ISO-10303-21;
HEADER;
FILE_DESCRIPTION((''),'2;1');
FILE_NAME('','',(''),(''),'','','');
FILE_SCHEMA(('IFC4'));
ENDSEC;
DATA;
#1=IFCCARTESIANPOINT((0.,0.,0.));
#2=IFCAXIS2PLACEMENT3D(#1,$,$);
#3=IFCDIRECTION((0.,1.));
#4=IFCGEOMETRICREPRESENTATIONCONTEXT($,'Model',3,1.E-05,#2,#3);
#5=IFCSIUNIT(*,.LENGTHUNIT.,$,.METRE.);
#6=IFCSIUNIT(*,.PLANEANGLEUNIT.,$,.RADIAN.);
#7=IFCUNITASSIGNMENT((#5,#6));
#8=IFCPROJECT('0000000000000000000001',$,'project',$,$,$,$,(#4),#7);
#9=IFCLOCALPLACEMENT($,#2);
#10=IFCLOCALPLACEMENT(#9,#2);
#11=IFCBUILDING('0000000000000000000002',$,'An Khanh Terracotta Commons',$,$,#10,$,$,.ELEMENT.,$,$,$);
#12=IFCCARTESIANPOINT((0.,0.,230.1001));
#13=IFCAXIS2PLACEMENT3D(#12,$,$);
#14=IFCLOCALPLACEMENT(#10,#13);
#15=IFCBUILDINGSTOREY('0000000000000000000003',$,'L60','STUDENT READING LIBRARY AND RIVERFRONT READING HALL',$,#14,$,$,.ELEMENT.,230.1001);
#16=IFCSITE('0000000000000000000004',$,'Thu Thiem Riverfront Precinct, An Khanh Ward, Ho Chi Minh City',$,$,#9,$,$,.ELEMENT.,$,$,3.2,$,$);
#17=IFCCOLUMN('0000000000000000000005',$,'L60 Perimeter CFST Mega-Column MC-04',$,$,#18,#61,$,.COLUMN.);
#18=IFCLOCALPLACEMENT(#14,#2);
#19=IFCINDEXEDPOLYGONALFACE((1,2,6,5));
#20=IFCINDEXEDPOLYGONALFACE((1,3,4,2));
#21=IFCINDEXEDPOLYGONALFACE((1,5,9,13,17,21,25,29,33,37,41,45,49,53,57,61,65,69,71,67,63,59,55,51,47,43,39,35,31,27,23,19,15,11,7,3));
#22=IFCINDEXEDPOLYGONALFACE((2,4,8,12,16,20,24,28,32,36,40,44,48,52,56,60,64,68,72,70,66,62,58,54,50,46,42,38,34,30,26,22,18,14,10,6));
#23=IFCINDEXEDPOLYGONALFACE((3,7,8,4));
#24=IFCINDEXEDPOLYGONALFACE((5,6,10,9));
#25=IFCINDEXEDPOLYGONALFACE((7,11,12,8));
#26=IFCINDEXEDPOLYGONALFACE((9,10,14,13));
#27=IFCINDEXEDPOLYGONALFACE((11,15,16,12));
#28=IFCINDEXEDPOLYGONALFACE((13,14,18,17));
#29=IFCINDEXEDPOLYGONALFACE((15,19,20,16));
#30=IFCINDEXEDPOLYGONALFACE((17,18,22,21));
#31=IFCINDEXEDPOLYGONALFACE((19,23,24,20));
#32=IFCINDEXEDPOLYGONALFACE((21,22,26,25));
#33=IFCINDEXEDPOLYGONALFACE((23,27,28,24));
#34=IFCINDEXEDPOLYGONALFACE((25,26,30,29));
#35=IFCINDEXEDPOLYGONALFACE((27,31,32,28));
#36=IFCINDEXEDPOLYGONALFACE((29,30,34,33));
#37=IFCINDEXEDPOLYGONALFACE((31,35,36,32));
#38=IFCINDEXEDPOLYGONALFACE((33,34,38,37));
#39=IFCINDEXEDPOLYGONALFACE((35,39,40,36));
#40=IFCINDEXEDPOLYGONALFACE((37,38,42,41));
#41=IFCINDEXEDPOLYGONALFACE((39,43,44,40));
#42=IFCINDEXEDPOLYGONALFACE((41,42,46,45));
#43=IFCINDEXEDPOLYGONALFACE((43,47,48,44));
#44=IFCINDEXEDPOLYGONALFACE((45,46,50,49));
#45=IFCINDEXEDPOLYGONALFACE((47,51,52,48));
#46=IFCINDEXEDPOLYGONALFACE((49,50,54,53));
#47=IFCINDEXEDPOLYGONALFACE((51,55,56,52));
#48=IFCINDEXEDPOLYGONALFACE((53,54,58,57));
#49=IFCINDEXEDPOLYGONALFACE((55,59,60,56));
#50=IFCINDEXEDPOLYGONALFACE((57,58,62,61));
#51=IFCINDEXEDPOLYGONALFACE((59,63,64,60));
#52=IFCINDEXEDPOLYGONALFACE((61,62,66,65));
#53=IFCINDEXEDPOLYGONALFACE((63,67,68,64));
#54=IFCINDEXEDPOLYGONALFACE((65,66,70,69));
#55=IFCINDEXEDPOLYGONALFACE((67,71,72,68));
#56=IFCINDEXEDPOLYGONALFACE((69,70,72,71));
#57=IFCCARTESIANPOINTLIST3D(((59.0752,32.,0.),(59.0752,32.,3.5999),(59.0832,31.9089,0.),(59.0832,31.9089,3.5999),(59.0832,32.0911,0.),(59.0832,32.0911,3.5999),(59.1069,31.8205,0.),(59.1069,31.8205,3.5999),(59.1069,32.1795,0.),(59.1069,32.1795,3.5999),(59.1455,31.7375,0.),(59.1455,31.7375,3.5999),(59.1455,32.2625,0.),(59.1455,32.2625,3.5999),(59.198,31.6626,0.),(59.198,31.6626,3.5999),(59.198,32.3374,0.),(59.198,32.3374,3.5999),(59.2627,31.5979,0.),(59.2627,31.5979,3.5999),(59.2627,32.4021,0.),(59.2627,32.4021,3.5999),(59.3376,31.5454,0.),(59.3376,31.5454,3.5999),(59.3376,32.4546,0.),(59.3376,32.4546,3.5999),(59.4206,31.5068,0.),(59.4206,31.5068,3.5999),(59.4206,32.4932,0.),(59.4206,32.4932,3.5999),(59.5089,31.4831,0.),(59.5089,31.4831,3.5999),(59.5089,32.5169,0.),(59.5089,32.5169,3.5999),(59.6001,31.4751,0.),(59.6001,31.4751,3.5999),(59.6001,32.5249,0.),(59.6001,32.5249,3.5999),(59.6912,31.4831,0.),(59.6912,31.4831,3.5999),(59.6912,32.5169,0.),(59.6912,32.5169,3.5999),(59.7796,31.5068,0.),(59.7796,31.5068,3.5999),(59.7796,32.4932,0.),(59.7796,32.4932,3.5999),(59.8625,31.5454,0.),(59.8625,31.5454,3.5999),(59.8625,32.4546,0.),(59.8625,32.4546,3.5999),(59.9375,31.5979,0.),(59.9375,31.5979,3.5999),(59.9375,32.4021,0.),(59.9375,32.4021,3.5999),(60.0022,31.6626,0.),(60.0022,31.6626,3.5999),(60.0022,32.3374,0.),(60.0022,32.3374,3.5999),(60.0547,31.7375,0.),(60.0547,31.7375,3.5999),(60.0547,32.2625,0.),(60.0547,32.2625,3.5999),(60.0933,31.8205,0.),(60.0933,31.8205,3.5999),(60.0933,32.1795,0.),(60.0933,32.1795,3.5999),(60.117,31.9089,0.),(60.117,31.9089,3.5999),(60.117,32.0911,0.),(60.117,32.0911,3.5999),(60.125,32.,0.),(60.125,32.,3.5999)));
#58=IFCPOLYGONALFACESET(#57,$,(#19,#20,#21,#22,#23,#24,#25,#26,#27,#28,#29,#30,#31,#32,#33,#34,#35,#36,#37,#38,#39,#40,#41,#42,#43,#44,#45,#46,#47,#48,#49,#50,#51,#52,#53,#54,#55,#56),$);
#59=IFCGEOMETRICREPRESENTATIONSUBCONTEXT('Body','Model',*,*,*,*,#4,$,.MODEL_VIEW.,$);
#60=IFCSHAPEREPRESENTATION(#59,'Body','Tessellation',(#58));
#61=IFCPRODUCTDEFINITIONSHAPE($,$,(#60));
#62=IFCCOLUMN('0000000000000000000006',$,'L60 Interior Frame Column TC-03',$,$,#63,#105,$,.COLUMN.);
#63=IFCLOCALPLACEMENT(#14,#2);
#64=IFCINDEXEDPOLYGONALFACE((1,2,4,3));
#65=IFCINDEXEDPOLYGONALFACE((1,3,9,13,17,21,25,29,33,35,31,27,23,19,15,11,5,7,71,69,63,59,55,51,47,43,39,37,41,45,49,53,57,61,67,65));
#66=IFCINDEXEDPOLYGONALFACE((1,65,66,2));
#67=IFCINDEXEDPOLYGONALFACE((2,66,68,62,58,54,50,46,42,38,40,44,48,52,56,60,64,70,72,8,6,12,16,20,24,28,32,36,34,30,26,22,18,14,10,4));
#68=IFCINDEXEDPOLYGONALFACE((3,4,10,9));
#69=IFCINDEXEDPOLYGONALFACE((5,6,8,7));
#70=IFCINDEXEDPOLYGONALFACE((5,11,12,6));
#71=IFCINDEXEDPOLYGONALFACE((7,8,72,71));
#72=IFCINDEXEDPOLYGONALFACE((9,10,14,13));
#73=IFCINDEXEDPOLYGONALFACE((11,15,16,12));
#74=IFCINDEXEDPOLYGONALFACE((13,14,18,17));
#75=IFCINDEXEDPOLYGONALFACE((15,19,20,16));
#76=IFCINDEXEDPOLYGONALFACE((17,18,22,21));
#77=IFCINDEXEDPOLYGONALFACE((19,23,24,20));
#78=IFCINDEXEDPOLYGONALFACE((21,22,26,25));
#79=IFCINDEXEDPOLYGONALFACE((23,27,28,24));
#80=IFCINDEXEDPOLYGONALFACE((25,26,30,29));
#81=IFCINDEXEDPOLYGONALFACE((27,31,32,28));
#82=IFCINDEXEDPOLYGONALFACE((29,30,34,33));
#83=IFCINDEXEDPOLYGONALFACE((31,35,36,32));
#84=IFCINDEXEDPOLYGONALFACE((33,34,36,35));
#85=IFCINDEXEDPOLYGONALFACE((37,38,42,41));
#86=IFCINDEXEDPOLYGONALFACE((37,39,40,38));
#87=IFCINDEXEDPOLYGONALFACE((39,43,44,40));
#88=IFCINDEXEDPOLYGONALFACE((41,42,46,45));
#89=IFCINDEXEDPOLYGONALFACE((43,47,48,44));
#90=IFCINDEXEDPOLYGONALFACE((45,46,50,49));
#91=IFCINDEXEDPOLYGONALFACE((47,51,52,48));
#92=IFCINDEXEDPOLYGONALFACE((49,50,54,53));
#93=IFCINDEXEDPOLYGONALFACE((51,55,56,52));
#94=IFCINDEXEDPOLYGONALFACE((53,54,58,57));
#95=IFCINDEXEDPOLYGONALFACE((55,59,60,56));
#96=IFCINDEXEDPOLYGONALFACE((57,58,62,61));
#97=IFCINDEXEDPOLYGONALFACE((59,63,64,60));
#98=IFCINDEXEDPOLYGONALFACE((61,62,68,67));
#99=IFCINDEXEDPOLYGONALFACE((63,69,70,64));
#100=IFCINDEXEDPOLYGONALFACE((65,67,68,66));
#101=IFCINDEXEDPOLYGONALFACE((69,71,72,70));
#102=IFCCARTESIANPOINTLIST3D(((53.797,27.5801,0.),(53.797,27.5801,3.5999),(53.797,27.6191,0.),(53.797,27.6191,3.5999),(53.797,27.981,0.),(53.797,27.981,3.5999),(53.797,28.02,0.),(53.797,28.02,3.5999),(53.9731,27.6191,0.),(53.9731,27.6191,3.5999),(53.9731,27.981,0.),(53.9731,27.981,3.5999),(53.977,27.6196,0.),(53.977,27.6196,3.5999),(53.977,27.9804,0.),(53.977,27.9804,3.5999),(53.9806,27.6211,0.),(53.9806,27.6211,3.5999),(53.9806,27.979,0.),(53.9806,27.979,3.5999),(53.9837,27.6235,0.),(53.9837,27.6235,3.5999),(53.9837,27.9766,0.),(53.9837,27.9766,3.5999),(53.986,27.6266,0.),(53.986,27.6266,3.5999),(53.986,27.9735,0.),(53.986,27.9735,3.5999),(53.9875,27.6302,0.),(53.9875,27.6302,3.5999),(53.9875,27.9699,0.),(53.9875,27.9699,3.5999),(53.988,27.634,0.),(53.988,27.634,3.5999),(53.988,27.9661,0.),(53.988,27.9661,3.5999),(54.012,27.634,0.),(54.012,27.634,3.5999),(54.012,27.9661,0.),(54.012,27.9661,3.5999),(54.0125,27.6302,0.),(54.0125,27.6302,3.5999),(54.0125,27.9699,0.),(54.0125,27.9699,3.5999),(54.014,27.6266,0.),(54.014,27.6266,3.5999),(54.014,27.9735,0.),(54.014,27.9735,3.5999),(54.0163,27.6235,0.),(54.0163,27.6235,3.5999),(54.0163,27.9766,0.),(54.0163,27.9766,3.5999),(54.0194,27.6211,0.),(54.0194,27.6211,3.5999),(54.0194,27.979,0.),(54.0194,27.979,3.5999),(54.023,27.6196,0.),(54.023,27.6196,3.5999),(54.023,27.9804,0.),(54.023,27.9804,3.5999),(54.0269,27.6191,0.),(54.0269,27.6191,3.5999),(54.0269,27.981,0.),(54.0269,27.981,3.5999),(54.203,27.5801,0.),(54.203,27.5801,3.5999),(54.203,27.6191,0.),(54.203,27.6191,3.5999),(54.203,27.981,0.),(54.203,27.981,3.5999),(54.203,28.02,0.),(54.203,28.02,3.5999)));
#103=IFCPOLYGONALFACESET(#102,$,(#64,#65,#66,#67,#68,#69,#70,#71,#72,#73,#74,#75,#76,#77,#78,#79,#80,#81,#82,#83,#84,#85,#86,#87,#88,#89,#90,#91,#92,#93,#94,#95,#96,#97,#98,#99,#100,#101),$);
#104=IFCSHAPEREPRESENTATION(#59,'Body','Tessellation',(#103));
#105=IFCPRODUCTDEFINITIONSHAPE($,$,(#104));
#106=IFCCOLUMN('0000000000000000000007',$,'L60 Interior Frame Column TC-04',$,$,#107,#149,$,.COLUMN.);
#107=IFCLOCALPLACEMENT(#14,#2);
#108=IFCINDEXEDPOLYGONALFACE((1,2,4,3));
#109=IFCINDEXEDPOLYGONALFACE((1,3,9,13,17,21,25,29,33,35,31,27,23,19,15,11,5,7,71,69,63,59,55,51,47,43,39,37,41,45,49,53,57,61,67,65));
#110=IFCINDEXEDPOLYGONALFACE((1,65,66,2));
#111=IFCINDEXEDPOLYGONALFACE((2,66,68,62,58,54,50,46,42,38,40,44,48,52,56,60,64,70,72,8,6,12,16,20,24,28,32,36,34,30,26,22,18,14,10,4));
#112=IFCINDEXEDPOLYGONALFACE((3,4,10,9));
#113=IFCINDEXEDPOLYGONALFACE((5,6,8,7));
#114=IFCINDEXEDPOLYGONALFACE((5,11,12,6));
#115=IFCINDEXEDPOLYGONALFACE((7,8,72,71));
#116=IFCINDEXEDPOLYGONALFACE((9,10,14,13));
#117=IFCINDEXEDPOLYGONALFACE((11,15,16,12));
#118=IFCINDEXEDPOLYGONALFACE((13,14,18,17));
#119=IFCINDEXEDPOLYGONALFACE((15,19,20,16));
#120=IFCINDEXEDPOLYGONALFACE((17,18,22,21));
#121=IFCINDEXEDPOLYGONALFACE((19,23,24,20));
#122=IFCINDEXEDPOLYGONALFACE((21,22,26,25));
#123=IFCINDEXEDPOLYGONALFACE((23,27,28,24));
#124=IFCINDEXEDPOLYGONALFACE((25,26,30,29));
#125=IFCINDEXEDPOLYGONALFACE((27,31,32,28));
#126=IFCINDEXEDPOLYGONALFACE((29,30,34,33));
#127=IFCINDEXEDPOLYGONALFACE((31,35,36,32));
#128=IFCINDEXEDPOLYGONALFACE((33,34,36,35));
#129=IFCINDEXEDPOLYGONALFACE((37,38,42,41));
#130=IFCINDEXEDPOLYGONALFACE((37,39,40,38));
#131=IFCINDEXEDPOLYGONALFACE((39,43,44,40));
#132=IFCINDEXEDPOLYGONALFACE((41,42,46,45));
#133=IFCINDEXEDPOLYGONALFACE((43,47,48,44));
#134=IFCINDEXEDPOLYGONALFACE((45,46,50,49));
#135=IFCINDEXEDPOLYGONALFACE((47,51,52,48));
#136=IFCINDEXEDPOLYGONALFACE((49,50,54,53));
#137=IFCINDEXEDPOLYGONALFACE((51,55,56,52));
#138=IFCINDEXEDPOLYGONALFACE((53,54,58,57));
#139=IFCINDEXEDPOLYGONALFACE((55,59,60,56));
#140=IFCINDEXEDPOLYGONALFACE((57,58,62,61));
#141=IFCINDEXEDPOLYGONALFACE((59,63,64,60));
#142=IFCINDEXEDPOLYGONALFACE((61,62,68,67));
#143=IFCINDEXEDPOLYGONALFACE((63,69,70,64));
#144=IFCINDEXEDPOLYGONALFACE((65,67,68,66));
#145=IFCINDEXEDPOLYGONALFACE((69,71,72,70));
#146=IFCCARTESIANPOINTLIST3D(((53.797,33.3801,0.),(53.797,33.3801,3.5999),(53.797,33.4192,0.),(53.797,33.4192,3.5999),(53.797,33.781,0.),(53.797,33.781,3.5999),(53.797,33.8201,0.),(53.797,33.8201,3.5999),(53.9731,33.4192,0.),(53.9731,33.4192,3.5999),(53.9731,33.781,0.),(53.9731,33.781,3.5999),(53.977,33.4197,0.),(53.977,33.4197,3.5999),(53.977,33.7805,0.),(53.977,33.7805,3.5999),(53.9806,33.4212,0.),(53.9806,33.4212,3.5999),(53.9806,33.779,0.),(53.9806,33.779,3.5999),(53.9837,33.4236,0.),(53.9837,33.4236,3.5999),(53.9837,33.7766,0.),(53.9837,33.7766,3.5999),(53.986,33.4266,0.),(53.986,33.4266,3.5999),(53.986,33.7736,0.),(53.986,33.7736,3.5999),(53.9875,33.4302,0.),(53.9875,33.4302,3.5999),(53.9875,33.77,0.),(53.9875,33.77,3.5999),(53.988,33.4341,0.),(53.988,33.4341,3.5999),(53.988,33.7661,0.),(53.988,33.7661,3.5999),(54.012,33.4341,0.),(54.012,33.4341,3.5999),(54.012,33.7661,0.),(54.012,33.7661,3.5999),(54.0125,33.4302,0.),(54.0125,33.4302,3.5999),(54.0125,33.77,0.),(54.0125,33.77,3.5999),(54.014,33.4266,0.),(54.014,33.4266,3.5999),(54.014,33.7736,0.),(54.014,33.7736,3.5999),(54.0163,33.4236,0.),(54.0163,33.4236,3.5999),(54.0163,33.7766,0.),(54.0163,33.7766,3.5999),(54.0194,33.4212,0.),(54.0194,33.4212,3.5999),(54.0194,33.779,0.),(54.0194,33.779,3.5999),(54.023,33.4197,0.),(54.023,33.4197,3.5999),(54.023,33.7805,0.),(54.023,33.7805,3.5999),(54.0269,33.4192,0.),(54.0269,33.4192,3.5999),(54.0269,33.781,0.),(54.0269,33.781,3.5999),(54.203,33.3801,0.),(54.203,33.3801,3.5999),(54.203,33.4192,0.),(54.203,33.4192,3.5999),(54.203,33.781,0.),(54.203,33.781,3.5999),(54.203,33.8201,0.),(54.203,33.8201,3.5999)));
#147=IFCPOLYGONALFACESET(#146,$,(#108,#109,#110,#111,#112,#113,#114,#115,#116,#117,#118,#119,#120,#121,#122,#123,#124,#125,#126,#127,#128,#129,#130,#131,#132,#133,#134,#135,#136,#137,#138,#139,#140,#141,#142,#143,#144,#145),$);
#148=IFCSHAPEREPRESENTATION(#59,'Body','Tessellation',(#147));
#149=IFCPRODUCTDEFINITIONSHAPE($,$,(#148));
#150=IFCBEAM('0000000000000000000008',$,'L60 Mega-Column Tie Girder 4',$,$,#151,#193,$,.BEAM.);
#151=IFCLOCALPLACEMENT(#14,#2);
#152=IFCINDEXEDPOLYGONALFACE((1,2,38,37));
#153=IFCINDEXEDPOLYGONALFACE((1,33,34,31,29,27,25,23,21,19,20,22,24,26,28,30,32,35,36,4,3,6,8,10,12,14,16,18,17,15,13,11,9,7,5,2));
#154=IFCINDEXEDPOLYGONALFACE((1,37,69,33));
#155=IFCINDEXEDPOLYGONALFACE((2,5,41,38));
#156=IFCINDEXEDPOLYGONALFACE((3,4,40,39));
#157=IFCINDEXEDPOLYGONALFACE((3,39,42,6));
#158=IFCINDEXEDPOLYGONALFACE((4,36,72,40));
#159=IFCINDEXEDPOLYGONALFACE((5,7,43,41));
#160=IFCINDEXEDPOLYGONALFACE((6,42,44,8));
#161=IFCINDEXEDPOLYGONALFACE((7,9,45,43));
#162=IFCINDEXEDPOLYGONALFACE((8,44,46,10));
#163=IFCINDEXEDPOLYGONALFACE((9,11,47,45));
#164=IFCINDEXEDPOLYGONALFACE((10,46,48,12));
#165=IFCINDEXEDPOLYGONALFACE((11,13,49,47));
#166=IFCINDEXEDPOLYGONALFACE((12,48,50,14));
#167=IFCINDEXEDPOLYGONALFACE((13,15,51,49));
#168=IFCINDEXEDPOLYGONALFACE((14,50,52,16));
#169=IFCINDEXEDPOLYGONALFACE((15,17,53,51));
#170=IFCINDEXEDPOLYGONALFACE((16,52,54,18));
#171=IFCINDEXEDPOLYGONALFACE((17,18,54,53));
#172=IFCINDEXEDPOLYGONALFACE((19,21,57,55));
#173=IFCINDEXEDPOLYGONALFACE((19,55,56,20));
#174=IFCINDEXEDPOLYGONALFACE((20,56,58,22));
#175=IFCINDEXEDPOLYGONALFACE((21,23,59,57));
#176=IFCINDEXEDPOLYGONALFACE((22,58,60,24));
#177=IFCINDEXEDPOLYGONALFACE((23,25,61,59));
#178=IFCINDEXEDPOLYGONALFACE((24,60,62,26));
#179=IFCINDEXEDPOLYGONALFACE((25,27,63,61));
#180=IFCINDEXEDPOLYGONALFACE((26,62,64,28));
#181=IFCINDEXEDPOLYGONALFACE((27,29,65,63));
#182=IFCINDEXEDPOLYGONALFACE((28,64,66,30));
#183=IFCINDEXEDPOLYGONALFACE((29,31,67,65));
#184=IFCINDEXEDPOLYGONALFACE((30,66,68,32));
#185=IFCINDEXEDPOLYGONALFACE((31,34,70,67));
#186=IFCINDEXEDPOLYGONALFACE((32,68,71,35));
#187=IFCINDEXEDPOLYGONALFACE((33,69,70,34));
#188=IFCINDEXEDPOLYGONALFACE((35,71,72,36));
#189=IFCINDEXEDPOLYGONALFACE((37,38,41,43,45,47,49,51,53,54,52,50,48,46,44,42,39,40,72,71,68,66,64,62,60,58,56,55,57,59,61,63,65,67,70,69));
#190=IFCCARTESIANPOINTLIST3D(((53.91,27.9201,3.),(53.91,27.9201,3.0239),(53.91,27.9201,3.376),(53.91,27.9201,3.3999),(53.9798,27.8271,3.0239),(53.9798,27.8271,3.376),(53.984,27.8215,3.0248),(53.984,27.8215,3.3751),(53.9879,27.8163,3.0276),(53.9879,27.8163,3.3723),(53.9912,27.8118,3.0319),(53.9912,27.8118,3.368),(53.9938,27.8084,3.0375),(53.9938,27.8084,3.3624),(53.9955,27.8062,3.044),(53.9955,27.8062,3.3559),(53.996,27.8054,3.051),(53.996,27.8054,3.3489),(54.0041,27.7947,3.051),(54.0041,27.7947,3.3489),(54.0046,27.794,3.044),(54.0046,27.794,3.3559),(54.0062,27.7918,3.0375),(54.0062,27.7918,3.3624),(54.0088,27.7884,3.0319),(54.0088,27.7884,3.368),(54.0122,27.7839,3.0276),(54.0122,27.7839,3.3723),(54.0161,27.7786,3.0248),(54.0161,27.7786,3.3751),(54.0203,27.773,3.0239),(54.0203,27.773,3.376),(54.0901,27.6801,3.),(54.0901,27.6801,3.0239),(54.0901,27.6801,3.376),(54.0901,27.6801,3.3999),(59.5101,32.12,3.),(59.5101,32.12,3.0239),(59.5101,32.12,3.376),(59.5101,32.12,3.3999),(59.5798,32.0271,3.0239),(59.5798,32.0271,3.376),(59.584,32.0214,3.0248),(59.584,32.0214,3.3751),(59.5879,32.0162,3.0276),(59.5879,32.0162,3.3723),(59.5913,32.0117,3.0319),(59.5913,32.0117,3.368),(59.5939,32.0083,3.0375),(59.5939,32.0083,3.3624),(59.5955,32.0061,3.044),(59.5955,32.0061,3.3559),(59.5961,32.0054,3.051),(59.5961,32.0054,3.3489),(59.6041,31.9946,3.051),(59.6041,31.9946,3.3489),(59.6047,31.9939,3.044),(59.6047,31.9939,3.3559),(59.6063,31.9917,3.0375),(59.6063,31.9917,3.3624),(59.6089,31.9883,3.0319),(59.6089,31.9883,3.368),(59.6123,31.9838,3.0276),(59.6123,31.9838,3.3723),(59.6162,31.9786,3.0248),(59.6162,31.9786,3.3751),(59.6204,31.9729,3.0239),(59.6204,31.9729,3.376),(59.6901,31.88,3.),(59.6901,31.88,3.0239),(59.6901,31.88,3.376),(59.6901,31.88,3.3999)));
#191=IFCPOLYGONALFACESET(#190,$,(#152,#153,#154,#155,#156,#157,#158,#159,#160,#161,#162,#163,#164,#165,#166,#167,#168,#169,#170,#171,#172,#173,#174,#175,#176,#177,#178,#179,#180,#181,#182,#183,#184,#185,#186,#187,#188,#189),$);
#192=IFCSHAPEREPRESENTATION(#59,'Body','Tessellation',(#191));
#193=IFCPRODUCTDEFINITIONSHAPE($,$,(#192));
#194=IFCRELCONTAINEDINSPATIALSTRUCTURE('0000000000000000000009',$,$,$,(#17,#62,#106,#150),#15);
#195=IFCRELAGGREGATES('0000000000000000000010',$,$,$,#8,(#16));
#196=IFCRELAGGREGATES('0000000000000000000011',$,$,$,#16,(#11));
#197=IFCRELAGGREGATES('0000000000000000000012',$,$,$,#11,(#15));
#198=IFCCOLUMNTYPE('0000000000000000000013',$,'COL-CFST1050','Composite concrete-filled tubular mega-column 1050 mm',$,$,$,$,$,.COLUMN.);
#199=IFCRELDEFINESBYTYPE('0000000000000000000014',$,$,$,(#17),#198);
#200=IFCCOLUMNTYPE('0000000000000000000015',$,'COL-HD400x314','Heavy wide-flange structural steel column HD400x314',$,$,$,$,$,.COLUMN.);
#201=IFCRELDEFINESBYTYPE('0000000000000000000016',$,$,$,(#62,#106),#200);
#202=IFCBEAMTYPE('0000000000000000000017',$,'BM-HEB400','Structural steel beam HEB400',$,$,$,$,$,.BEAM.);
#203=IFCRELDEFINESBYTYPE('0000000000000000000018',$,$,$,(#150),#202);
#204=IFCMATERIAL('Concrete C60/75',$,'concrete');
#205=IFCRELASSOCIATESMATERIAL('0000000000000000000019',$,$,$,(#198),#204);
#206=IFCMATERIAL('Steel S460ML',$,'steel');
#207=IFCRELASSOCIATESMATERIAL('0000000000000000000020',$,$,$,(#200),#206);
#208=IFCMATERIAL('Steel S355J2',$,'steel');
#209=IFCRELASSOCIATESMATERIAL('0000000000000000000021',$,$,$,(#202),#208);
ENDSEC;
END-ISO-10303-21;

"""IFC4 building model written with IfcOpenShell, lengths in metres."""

from ifc_helpers import new_model, si_unit, direction, frame, origin, origin_2d, place, context, subcontext, project, spatial, circle, i_section, extrude, material, material_profile, profile_set, type_object, element, save


model = new_model("IFC4")

# Units and contexts
model_context = context("Model", 3, precision=1e-05, world=origin(), true_north=direction((0.0, 1.0)))
body_context = subcontext(model_context, "Body", "Model", "MODEL_VIEW")
ifc_project = project(units=[si_unit("LENGTHUNIT", "METRE"), si_unit("PLANEANGLEUNIT", "RADIAN")], contexts=[model_context])

# Site, building, storey
site_placement = place(None, origin())
site = spatial("IfcSite", under=ifc_project, at=site_placement, Name="Thu Thiem Riverfront Precinct, An Khanh Ward, Ho Chi Minh City", CompositionType="ELEMENT", RefElevation=3.2)
building_placement = place(site_placement, origin())
building = spatial("IfcBuilding", under=site, at=building_placement, Name="An Khanh Terracotta Commons", CompositionType="ELEMENT")
storey_placement = place(building_placement, frame((0.0, 0.0, 230.1001)))
storey = spatial("IfcBuildingStorey", under=building, at=storey_placement, Name="L60", Description="STUDENT READING LIBRARY AND RIVERFRONT READING HALL", CompositionType="ELEMENT", Elevation=230.1001)

# Columns
ifc_material_1 = material(Name="Concrete C60/75", Category="concrete")
ifc_material_profile_1 = material_profile(ifc_material_1, circle(Radius=0.5249, at=origin_2d()), Name="CFST1050")
ifc_profile_set_1 = profile_set([ifc_material_profile_1], Name="Concrete C60/75")
column_type_1 = type_object("IfcColumnType", Name="COL-CFST1050", Description="Composite concrete-filled tubular mega-column 1050 mm", PredefinedType="COLUMN", material=ifc_profile_set_1)
column_placement = place(storey_placement, frame((59.6001, 32.0, 0.0), z_axis=(0.0, 0.0, 1.0), x_axis=(1.0, 0.0, 0.0)))
element("IfcColumn", 1, at=column_placement, inside=storey, type_object=column_type_1, Name="L60 Perimeter CFST Mega-Column MC-04", PredefinedType="COLUMN", context=body_context, shape_type="SweptSolid", body=[
    extrude(circle(Radius=0.5249, at=origin_2d()), origin(), (0.0, 0.0, 1.0), 3.5999),
])
ifc_material_2 = material(Name="Steel S460ML", Category="steel")
ifc_material_profile_2 = material_profile(ifc_material_2, i_section(OverallWidth=0.406, OverallDepth=0.4399, WebThickness=0.0239, FlangeThickness=0.0391, FilletRadius=0.0149, at=origin_2d()), Name="HD400x314")
ifc_profile_set_2 = profile_set([ifc_material_profile_2], Name="Steel S460ML")
column_type_2 = type_object("IfcColumnType", Name="COL-HD400x314", Description="Heavy wide-flange structural steel column HD400x314", PredefinedType="COLUMN", material=ifc_profile_set_2)
for number, where, z_axis, x_axis, name in (
    (2, (54.0, 27.8, 0.0), (0.0, 0.0, 1.0), (1.0, 0.0, 0.0), "L60 Interior Frame Column TC-03"),
    (3, (54.0, 33.6001, 0.0), (0.0, 0.0, 1.0), (1.0, 0.0, 0.0), "L60 Interior Frame Column TC-04"),
):
    element("IfcColumn", number, at=place(storey_placement, frame(where, z_axis=z_axis, x_axis=x_axis)), inside=storey, type_object=column_type_2, Name=name, PredefinedType="COLUMN", context=body_context, shape_type="SweptSolid", body=[
        extrude(i_section(OverallWidth=0.406, OverallDepth=0.4399, WebThickness=0.0239, FlangeThickness=0.0391, FilletRadius=0.0149, at=origin_2d()), origin(), (0.0, 0.0, 1.0), 3.5999),
    ])

# Beam
ifc_material_3 = material(Name="Steel S355J2", Category="steel")
ifc_material_profile_3 = material_profile(ifc_material_3, i_section(OverallWidth=0.3, OverallDepth=0.3999, WebThickness=0.0134, FlangeThickness=0.0239, FilletRadius=0.0271, at=origin_2d()), Name="HEB400")
ifc_profile_set_3 = profile_set([ifc_material_profile_3], Name="Steel S355J2")
beam_type_1 = type_object("IfcBeamType", Name="BM-HEB400", Description="Structural steel beam HEB400", PredefinedType="BEAM", material=ifc_profile_set_3)
beam_1_placement = place(storey_placement, frame((59.6001, 32.0, 3.2), z_axis=(-0.800008, -0.599989, 0.0), x_axis=(0.599989, -0.800008, 0.0)))
element("IfcBeam", 4, at=beam_1_placement, inside=storey, type_object=beam_type_1, Name="L60 Mega-Column Tie Girder 4", PredefinedType="BEAM", context=body_context, shape_type="SweptSolid", body=[
    extrude(i_section(OverallWidth=0.3, OverallDepth=0.3999, WebThickness=0.0134, FlangeThickness=0.0239, FilletRadius=0.0271, at=origin_2d()), origin(), (0.0, 0.0, 1.0), 7.0),
])

save(model, "model.ifc")
